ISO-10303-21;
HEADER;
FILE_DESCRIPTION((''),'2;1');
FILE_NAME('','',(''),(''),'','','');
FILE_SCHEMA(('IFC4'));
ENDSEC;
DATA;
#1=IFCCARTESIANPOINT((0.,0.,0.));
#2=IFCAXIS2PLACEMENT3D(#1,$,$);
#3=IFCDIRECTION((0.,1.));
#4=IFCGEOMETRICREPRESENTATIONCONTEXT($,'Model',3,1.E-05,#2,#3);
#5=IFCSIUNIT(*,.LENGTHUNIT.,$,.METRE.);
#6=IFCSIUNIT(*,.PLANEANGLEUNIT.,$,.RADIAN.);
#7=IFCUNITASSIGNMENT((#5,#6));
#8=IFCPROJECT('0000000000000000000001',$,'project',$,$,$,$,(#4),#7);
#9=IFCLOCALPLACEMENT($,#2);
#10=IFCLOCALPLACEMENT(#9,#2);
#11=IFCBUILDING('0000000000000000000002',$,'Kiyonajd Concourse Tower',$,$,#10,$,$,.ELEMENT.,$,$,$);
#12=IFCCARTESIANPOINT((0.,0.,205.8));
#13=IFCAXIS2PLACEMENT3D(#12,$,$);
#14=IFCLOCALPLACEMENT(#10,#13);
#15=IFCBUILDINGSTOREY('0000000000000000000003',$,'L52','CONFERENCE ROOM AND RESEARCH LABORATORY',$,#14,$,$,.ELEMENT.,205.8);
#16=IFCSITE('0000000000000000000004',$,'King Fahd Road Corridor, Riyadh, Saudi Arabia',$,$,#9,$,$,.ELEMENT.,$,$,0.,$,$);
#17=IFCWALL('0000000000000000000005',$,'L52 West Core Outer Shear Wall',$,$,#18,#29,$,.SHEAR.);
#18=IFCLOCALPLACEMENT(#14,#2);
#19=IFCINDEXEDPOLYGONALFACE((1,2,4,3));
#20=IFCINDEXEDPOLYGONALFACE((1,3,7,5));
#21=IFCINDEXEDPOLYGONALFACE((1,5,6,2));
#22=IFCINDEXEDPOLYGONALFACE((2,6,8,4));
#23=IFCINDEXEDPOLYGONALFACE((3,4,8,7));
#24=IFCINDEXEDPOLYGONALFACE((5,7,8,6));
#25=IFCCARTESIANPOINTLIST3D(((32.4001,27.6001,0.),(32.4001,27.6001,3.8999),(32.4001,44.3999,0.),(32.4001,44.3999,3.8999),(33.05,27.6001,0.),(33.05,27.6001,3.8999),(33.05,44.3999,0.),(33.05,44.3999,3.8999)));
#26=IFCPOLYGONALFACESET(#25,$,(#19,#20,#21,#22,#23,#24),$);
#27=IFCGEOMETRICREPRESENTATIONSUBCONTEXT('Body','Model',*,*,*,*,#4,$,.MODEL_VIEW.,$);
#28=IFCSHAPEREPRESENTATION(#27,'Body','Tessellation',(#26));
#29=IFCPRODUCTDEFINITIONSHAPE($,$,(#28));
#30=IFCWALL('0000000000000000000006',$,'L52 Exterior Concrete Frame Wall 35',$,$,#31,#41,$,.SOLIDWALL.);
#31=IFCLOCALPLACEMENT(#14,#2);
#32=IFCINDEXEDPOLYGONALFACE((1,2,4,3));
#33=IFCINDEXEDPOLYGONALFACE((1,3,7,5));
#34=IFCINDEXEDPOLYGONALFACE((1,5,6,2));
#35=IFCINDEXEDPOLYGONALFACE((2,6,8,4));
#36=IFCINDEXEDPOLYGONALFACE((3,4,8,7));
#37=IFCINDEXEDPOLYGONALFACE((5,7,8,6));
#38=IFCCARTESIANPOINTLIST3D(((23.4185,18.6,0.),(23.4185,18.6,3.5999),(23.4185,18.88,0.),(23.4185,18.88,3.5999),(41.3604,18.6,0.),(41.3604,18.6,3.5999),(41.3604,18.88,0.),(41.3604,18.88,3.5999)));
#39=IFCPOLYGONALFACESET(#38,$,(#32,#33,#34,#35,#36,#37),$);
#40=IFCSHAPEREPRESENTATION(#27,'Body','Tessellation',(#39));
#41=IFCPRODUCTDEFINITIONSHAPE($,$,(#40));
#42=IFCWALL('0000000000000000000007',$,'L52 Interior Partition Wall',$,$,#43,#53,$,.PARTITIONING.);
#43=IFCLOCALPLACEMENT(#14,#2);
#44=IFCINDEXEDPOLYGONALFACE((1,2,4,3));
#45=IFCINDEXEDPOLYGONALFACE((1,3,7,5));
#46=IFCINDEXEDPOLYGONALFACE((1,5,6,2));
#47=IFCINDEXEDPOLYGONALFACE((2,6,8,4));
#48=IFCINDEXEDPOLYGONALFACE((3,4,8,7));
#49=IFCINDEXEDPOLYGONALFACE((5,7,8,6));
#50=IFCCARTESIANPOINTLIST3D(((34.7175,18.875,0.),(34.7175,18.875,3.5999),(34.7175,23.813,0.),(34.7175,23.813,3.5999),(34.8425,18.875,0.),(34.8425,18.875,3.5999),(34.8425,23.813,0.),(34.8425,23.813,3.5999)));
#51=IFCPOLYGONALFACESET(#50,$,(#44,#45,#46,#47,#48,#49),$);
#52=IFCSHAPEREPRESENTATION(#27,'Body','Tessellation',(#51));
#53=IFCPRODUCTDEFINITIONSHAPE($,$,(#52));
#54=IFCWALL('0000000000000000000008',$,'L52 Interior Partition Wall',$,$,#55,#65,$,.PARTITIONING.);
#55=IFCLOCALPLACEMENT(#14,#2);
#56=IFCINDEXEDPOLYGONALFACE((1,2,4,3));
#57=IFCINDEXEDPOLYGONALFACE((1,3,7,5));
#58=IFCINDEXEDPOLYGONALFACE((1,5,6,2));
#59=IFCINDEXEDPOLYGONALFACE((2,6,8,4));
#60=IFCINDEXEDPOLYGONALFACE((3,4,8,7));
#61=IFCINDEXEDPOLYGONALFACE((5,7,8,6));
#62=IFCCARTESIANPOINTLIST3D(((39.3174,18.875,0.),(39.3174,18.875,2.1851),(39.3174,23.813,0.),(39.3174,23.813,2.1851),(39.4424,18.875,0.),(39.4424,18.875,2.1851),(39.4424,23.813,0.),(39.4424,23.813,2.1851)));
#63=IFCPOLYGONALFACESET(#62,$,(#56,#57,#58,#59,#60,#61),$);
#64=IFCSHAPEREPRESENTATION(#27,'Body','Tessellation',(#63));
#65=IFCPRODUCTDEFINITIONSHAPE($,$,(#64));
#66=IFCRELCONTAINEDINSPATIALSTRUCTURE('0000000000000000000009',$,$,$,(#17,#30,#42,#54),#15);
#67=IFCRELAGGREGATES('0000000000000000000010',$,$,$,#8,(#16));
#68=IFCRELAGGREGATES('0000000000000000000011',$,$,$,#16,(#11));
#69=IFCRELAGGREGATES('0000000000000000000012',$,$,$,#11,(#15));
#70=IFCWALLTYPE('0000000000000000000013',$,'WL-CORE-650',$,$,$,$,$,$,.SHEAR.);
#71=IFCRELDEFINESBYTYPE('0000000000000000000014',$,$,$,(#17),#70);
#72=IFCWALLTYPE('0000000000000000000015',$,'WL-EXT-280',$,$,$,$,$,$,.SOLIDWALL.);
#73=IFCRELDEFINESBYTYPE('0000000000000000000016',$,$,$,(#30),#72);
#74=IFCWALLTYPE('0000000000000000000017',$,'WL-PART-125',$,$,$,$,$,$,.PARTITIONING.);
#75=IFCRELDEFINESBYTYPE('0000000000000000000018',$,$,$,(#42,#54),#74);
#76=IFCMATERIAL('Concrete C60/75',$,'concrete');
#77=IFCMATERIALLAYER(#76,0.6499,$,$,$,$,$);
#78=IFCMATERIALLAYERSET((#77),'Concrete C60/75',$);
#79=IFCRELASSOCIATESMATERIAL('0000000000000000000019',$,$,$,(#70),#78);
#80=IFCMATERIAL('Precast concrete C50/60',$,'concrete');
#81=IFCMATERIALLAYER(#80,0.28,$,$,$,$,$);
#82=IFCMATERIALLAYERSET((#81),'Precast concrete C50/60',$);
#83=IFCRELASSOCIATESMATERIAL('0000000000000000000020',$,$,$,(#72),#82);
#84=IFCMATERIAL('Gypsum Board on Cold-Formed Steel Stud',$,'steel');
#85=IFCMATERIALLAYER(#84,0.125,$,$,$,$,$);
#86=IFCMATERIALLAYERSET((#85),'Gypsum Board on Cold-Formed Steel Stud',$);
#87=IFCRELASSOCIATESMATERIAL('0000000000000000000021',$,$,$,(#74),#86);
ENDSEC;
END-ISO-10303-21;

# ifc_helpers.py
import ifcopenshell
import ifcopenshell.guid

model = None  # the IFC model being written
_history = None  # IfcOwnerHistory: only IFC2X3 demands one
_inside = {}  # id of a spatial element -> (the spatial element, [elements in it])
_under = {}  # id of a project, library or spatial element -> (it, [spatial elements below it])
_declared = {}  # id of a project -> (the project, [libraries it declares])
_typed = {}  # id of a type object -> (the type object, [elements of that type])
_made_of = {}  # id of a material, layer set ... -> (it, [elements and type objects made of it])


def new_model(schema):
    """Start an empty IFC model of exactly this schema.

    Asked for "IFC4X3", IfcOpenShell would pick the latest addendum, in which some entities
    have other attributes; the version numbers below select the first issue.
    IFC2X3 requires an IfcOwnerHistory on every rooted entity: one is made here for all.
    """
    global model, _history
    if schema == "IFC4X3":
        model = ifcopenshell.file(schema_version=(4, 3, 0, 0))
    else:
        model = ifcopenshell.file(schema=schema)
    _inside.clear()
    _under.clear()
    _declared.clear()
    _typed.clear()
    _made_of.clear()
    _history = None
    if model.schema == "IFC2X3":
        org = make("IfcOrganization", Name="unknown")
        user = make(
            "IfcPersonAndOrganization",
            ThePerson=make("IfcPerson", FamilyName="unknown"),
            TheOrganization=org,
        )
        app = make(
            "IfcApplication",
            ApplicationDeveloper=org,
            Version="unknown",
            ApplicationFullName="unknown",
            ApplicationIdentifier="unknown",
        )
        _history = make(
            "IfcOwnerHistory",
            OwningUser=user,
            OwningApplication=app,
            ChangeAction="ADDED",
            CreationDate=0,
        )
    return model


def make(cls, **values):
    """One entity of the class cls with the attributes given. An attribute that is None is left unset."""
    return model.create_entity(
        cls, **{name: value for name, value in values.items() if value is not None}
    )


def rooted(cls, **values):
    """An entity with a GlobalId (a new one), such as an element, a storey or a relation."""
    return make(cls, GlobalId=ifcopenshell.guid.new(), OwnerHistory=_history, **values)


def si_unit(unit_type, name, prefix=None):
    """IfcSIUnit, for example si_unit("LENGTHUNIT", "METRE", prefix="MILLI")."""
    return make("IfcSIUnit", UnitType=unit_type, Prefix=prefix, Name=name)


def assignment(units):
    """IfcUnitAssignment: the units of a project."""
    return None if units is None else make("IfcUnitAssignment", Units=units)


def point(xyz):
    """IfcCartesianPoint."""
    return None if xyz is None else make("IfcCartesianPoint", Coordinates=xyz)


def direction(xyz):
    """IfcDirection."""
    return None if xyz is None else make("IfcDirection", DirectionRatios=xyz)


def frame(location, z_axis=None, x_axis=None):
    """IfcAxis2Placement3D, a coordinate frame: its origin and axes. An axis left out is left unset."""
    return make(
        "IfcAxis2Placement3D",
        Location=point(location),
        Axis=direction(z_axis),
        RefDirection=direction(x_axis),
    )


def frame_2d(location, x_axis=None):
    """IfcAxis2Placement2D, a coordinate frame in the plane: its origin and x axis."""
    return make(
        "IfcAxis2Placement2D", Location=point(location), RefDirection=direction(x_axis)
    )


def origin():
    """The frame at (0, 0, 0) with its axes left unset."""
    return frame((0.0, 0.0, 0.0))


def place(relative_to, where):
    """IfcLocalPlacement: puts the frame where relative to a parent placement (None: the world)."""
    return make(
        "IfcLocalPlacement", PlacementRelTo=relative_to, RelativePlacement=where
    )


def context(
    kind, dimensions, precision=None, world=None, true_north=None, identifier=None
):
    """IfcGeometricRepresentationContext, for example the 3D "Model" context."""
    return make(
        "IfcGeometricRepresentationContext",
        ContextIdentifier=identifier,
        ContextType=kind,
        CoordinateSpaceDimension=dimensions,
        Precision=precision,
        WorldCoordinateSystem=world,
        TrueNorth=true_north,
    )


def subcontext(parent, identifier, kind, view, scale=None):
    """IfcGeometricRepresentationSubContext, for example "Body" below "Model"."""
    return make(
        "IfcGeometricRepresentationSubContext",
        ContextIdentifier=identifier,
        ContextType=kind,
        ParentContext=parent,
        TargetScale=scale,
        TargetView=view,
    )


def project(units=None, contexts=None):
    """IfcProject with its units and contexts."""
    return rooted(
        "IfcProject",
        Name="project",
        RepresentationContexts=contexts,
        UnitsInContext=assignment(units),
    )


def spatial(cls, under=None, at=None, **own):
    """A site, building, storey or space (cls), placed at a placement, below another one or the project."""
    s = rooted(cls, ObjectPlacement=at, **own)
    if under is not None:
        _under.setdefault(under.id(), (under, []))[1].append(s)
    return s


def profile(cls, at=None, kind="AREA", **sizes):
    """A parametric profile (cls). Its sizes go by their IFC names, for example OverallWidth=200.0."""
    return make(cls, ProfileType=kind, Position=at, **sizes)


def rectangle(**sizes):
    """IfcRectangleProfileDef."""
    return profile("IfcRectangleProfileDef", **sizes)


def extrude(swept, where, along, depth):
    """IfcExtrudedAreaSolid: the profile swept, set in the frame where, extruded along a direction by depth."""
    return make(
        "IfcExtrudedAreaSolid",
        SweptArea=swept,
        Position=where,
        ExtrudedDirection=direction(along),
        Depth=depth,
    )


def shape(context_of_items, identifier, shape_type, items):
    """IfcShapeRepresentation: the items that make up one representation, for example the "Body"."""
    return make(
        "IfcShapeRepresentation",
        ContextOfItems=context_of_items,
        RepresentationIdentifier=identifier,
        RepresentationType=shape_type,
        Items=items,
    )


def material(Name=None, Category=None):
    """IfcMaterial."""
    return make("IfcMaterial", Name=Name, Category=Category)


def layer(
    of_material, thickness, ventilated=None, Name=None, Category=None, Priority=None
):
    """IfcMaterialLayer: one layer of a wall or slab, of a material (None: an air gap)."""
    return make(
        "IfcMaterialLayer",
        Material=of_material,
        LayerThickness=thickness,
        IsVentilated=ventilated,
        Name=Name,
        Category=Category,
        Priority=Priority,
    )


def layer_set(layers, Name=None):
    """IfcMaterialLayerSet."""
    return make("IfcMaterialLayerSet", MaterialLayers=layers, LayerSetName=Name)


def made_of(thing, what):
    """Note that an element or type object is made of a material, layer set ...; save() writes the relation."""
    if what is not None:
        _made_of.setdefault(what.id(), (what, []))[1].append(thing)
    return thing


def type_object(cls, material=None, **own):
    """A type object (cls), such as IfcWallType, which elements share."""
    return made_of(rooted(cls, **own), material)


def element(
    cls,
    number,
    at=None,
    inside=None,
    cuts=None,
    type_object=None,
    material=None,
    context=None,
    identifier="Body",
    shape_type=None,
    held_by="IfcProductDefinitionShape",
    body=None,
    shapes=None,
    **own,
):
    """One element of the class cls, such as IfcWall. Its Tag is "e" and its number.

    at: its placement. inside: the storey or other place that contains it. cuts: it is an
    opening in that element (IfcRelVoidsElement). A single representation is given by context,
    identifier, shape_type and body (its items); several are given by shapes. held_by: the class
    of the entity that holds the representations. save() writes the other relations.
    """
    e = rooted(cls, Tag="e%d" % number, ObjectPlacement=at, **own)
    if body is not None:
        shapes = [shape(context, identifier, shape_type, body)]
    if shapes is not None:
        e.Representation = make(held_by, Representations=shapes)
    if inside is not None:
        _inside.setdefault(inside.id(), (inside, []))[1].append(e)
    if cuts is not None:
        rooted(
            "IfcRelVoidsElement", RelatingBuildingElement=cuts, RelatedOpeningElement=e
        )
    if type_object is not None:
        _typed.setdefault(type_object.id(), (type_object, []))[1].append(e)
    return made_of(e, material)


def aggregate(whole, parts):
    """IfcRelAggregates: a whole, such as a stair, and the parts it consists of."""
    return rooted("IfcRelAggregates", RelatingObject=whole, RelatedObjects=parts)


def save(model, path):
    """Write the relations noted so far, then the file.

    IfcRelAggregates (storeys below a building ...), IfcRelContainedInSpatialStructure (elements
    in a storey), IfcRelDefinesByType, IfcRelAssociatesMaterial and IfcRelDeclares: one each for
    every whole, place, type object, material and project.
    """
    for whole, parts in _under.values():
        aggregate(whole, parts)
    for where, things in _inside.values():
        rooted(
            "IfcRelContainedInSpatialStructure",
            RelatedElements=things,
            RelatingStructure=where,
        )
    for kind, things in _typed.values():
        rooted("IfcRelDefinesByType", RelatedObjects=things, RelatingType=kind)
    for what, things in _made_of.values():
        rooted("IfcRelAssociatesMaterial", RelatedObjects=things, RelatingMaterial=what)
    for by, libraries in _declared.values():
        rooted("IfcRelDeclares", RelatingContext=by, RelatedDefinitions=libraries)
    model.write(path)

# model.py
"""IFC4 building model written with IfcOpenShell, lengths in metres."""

from ifc_helpers import new_model, si_unit, direction, frame, frame_2d, origin, place, context, subcontext, project, spatial, rectangle, extrude, material, layer, layer_set, type_object, element, save


model = new_model("IFC4")

# Units and contexts
model_context = context("Model", 3, precision=1e-05, world=origin(), true_north=direction((0.0, 1.0)))
body_context = subcontext(model_context, "Body", "Model", "MODEL_VIEW")
ifc_project = project(units=[si_unit("LENGTHUNIT", "METRE"), si_unit("PLANEANGLEUNIT", "RADIAN")], contexts=[model_context])

# Site, building, storey
site_placement = place(None, origin())
site = spatial("IfcSite", under=ifc_project, at=site_placement, Name="King Fahd Road Corridor, Riyadh, Saudi Arabia", CompositionType="ELEMENT", RefElevation=0.0)
building_placement = place(site_placement, origin())
building = spatial("IfcBuilding", under=site, at=building_placement, Name="Kiyonajd Concourse Tower", CompositionType="ELEMENT")
storey_placement = place(building_placement, frame((0.0, 0.0, 205.8)))
storey = spatial("IfcBuildingStorey", under=building, at=storey_placement, Name="L52", Description="CONFERENCE ROOM AND RESEARCH LABORATORY", CompositionType="ELEMENT", Elevation=205.8)

# Walls
ifc_material_1 = material(Name="Concrete C60/75", Category="concrete")
ifc_layer_1 = layer(ifc_material_1, 0.6499)
ifc_layer_set_1 = layer_set([ifc_layer_1], Name="Concrete C60/75")
wall_type_1 = type_object("IfcWallType", Name="WL-CORE-650", PredefinedType="SHEAR", material=ifc_layer_set_1)
wall_1_placement = place(storey_placement, frame((32.7251, 27.6001, 0.0), z_axis=(0.0, 0.0, 1.0), x_axis=(0.0, 1.0, 0.0)))
element("IfcWall", 1, at=wall_1_placement, inside=storey, type_object=wall_type_1, Name="L52 West Core Outer Shear Wall", PredefinedType="SHEAR", context=body_context, shape_type="SweptSolid", body=[
    extrude(rectangle(XDim=16.7998, YDim=0.6499, at=frame_2d((8.3999, 0.0))), origin(), (0.0, 0.0, 1.0), 3.8999),
])
ifc_material_2 = material(Name="Precast concrete C50/60", Category="concrete")
ifc_layer_2 = layer(ifc_material_2, 0.28)
ifc_layer_set_2 = layer_set([ifc_layer_2], Name="Precast concrete C50/60")
wall_type_2 = type_object("IfcWallType", Name="WL-EXT-280", PredefinedType="SOLIDWALL", material=ifc_layer_set_2)
wall_2_placement = place(storey_placement, frame((41.3604, 18.74, 0.0), z_axis=(0.0, 0.0, 1.0), x_axis=(-1.0, 0.0, 0.0)))
element("IfcWall", 2, at=wall_2_placement, inside=storey, type_object=wall_type_2, Name="L52 Exterior Concrete Frame Wall 35", PredefinedType="SOLIDWALL", context=body_context, shape_type="SweptSolid", body=[
    extrude(rectangle(XDim=17.9419, YDim=0.28, at=frame_2d((8.9709, 0.0))), origin(), (0.0, 0.0, 1.0), 3.5999),
])
ifc_material_3 = material(Name="Gypsum Board on Cold-Formed Steel Stud", Category="steel")
ifc_layer_3 = layer(ifc_material_3, 0.125)
ifc_layer_set_3 = layer_set([ifc_layer_3], Name="Gypsum Board on Cold-Formed Steel Stud")
wall_type_3 = type_object("IfcWallType", Name="WL-PART-125", PredefinedType="PARTITIONING", material=ifc_layer_set_3)
wall_3_placement = place(storey_placement, frame((34.78, 18.875, 0.0), z_axis=(0.0, 0.0, 1.0), x_axis=(0.0, 1.0, 0.0)))
element("IfcWall", 3, at=wall_3_placement, inside=storey, type_object=wall_type_3, Name="L52 Interior Partition Wall", PredefinedType="PARTITIONING", context=body_context, shape_type="SweptSolid", body=[
    extrude(rectangle(XDim=4.938, YDim=0.125, at=frame_2d((2.469, 0.0))), origin(), (0.0, 0.0, 1.0), 3.5999),
])
wall_4_placement = place(storey_placement, frame((39.3799, 18.875, 0.0), z_axis=(0.0, 0.0, 1.0), x_axis=(0.0, 1.0, 0.0)))
element("IfcWall", 4, at=wall_4_placement, inside=storey, type_object=wall_type_3, Name="L52 Interior Partition Wall", PredefinedType="PARTITIONING", context=body_context, shape_type="SweptSolid", body=[
    extrude(rectangle(XDim=4.938, YDim=0.125, at=frame_2d((2.469, 0.0))), origin(), (0.0, 0.0, 1.0), 2.1851),
])

save(model, "model.ifc")
